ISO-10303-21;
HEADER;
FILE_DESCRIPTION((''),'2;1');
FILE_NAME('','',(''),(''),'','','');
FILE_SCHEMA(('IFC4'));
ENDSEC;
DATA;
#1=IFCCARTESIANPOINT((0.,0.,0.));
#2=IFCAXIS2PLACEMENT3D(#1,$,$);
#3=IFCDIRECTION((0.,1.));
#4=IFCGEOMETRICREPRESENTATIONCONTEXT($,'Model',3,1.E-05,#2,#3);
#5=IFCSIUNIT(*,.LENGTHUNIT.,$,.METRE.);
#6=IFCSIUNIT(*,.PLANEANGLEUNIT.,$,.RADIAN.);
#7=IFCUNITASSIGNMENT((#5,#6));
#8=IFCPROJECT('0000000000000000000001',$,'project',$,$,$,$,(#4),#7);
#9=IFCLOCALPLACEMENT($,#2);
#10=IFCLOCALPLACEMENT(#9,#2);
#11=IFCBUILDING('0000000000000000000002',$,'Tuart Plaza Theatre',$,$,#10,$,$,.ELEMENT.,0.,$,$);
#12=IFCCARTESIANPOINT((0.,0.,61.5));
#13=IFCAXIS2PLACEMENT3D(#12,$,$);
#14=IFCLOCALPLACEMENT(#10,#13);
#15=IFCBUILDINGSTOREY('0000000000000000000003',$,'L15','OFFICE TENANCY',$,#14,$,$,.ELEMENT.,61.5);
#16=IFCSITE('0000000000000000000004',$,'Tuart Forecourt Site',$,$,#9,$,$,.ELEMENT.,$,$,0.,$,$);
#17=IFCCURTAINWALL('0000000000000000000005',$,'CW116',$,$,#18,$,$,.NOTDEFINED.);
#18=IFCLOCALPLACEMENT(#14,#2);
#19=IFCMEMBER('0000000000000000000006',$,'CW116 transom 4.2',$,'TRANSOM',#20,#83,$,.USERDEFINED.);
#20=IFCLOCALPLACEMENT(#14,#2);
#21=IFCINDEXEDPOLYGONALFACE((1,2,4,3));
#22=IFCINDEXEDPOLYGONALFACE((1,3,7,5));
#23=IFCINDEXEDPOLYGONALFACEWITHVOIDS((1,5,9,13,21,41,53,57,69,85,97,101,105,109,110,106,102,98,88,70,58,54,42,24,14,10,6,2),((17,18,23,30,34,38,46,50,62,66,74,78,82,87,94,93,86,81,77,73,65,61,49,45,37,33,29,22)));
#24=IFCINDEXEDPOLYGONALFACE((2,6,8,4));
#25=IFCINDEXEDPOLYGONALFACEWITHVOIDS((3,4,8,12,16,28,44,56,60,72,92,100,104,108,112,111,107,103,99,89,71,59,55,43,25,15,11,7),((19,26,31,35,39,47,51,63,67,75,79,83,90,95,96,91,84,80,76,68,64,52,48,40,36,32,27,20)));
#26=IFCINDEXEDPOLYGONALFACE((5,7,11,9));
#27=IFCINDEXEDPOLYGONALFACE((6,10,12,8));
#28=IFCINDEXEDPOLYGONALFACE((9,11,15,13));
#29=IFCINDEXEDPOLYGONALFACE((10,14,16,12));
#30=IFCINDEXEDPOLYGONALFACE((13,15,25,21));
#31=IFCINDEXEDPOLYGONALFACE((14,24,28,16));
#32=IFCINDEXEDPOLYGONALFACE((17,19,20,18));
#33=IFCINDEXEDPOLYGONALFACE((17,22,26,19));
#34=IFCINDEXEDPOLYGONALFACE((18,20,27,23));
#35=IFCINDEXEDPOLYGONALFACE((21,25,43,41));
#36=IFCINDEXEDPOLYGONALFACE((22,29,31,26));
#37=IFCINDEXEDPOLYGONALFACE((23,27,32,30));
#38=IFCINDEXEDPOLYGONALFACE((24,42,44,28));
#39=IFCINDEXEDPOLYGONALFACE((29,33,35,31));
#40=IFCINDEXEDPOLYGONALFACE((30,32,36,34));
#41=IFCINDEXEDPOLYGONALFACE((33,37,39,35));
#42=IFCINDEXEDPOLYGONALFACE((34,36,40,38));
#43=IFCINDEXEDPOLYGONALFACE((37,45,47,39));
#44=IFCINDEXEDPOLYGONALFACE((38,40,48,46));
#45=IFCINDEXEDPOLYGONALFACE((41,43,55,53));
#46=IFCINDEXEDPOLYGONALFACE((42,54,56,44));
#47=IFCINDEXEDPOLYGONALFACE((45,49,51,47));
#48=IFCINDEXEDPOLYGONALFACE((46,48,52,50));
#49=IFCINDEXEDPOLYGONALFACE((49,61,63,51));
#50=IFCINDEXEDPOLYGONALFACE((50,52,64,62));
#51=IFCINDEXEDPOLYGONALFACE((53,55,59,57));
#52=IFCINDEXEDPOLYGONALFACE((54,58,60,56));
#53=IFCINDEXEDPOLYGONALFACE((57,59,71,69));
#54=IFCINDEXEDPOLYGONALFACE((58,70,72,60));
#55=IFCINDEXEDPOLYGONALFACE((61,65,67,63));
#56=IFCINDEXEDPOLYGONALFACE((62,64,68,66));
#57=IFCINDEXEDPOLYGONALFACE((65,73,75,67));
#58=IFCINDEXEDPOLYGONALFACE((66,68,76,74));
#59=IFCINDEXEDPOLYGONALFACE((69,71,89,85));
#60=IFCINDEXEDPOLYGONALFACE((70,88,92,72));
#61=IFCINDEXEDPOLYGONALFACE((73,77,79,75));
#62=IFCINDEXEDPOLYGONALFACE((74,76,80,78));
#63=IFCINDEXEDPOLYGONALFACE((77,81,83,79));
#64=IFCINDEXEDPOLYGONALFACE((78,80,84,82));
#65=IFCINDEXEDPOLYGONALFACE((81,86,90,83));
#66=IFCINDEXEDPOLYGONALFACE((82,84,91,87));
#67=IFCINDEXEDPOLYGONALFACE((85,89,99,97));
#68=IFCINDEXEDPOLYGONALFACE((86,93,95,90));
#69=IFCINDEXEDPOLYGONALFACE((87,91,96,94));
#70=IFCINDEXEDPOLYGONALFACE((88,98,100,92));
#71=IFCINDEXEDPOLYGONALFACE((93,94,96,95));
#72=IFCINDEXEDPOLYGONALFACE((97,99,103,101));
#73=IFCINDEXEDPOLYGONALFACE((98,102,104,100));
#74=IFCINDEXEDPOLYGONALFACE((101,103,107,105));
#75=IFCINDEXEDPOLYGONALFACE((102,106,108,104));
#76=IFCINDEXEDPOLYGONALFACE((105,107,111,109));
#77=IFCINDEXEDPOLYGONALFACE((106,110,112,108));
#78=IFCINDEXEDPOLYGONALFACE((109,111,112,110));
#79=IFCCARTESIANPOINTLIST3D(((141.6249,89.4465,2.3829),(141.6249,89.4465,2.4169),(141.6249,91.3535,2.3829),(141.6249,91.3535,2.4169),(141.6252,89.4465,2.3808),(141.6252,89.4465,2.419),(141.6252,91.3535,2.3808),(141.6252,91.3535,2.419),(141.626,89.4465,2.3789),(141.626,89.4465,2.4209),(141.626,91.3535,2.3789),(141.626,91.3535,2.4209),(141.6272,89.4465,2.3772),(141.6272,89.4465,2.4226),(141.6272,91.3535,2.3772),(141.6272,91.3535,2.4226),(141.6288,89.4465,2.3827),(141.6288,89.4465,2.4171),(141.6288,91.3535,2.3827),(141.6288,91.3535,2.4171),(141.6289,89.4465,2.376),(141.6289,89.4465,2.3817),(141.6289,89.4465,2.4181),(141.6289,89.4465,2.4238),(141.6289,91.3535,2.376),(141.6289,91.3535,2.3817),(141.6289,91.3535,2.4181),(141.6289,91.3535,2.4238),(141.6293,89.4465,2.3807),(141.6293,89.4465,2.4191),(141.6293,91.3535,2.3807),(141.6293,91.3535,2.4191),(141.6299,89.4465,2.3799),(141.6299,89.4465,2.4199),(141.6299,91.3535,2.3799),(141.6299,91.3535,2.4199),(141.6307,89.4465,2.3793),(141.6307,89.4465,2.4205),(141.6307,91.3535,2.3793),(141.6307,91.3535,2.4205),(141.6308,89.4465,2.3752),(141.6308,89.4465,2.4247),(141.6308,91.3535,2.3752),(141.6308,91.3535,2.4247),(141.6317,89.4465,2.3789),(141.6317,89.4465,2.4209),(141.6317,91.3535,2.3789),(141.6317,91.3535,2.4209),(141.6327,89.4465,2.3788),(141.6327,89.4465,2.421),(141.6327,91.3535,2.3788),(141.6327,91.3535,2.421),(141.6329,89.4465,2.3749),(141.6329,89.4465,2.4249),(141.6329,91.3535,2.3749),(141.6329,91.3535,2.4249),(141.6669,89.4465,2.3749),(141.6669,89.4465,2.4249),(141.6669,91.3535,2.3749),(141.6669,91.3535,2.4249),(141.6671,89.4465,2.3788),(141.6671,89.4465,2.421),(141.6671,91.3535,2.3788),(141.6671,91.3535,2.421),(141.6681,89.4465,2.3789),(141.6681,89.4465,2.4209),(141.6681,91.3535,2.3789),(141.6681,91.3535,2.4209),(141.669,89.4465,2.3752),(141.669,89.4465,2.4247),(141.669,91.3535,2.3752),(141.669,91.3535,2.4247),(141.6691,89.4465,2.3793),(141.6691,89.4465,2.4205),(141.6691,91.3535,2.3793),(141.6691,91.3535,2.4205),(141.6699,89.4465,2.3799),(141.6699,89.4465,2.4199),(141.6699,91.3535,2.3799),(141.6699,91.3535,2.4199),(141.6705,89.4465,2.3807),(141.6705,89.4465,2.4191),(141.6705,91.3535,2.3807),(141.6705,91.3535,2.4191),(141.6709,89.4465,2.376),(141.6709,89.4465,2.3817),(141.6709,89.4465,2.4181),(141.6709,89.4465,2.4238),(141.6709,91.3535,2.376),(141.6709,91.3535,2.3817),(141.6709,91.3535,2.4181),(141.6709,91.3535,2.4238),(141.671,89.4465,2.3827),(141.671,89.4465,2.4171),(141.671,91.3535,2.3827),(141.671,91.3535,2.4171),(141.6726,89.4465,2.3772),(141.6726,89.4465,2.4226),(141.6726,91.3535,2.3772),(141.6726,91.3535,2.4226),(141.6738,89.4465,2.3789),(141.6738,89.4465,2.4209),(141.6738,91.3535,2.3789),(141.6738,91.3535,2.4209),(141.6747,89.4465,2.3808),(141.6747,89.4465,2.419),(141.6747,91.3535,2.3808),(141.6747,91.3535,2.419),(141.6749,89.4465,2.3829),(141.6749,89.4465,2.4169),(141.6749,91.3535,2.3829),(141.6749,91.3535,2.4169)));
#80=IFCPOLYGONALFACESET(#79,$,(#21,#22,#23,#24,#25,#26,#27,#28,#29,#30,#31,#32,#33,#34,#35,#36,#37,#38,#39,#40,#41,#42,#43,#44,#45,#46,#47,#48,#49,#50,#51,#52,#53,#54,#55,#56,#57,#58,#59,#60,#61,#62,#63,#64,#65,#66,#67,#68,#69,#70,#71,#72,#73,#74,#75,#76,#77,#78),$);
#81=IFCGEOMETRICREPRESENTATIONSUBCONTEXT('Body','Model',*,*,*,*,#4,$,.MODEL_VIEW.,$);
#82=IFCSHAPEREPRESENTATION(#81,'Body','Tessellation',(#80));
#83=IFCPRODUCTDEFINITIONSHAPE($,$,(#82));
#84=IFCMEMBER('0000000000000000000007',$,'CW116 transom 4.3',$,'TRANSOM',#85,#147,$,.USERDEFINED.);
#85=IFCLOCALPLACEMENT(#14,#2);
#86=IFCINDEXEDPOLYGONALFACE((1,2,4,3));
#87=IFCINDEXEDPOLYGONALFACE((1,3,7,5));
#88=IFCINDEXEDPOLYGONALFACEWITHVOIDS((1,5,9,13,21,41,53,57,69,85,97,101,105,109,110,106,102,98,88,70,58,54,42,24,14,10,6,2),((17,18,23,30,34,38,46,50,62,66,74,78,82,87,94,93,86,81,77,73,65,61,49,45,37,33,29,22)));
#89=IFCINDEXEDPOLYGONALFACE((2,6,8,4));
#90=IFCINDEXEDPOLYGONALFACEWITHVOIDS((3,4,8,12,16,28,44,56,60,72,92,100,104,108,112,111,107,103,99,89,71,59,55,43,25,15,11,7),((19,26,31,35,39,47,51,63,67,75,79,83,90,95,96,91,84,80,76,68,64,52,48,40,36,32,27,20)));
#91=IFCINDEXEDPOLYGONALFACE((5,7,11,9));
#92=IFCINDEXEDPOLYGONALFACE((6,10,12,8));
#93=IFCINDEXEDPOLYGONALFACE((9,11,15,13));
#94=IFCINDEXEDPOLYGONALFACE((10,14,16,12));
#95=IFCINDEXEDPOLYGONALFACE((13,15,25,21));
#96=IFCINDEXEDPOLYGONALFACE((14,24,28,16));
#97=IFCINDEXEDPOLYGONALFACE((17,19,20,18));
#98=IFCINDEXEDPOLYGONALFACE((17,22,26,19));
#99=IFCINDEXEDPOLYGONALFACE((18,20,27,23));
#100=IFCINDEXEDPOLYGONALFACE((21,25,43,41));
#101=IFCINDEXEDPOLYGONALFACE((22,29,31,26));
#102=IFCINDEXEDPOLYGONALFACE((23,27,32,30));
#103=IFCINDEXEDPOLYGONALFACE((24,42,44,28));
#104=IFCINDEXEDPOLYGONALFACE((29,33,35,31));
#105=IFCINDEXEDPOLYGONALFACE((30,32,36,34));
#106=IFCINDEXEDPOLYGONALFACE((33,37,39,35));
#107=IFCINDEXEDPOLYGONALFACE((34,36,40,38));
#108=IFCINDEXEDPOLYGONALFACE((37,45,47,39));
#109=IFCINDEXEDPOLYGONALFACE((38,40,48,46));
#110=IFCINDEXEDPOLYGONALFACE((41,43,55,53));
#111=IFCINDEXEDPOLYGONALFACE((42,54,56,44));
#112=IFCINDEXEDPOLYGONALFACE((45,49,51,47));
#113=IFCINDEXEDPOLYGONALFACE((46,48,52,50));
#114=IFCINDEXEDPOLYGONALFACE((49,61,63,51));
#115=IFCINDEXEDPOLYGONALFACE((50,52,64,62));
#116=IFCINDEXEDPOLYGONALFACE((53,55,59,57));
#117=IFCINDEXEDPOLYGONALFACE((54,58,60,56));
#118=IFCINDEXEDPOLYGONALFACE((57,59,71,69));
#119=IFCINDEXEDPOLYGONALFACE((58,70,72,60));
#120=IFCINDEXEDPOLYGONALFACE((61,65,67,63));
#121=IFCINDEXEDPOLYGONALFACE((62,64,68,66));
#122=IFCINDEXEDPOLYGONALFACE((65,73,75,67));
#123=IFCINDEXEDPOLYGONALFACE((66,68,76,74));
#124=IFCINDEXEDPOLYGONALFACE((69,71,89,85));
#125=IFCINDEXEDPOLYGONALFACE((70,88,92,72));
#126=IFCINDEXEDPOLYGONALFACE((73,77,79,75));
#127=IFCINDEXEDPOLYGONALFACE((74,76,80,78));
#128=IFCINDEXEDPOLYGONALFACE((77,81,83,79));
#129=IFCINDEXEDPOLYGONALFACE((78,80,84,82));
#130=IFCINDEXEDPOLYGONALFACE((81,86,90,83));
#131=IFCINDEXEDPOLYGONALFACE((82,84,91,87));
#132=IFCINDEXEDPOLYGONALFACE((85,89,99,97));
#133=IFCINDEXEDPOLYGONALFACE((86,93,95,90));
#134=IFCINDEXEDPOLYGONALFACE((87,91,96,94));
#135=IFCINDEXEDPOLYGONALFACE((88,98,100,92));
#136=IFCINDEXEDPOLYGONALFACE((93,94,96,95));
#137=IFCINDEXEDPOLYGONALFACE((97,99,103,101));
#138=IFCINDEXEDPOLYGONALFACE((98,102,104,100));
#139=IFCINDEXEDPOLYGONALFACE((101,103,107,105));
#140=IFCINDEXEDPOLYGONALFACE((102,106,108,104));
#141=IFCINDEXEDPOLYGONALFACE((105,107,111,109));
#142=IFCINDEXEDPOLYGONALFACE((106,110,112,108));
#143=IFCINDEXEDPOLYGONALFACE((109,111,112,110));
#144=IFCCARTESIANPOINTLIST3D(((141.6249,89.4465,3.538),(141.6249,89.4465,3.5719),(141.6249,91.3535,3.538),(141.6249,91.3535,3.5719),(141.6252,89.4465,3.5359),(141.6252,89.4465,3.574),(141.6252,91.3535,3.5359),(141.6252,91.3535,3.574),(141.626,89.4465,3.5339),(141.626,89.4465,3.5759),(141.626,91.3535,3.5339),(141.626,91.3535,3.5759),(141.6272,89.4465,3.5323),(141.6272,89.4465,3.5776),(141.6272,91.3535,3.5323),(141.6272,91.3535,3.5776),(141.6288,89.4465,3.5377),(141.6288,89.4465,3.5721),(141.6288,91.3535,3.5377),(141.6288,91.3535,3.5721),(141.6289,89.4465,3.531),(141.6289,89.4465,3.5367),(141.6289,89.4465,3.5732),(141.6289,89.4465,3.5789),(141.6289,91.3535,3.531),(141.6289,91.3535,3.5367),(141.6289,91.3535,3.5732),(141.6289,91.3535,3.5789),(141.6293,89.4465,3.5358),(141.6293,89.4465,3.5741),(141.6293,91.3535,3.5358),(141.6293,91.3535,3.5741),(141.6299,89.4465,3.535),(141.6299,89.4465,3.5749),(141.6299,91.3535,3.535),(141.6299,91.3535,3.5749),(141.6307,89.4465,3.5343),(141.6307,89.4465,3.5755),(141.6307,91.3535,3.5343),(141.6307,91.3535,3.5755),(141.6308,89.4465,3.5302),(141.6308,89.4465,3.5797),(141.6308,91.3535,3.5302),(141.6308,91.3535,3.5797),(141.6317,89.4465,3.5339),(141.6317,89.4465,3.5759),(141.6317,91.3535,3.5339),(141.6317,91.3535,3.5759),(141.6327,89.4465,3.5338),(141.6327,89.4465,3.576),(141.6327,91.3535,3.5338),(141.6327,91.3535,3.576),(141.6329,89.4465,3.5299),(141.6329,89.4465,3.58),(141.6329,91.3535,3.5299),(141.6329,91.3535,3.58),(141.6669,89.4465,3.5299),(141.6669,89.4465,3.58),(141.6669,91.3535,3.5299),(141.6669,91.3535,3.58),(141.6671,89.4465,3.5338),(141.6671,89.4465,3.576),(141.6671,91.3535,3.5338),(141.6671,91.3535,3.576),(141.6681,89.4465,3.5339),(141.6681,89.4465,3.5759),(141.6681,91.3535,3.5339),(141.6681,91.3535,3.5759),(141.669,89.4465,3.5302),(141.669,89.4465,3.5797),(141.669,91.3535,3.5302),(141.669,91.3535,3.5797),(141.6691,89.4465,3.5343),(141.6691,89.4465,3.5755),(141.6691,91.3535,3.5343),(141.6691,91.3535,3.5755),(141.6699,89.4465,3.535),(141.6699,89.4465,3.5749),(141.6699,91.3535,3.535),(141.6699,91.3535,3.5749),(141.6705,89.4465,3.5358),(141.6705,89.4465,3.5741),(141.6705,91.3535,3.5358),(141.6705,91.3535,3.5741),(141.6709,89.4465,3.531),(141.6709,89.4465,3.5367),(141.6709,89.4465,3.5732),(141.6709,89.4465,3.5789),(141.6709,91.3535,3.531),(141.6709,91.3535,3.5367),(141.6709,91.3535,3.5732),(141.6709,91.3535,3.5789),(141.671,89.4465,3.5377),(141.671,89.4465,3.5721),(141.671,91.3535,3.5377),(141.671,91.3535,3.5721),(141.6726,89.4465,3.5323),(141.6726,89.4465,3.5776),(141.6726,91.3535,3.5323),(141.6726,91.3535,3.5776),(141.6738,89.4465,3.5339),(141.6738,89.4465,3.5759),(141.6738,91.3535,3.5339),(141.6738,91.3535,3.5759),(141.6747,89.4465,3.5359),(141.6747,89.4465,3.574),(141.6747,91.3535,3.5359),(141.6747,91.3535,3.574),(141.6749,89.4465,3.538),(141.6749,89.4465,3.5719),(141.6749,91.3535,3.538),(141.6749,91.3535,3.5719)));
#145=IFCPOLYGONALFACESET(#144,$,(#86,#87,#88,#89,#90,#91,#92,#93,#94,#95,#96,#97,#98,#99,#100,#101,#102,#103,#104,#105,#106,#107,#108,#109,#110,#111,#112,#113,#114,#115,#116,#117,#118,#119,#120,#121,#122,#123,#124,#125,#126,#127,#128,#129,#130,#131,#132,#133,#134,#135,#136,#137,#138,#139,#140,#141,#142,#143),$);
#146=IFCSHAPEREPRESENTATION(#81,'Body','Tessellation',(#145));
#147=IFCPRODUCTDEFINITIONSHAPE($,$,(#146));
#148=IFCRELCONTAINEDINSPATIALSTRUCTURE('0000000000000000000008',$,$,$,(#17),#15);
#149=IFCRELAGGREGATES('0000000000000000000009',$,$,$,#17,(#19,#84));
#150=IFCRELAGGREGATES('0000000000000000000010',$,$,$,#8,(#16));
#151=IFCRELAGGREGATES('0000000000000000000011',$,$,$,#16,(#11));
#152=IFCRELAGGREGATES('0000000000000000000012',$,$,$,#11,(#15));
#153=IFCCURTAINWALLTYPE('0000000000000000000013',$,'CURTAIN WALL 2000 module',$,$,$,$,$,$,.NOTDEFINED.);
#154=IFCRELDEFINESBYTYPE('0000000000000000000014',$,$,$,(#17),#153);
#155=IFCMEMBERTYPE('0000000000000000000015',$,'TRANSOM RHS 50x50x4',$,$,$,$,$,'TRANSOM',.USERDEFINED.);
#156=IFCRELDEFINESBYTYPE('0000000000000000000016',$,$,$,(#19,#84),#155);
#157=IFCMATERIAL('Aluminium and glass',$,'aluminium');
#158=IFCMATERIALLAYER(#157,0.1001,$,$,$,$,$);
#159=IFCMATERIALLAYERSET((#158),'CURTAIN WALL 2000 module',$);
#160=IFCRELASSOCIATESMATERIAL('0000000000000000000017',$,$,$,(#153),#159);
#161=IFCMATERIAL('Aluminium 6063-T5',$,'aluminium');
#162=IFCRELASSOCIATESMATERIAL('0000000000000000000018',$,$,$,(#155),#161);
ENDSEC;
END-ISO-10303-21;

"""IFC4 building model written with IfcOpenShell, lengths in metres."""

from ifc_helpers import new_model, si_unit, direction, frame, origin, origin_2d, place, context, subcontext, project, spatial, hollow_rectangle, extrude, material, layer, layer_set, material_profile, profile_set, type_object, element, aggregate, save


model = new_model("IFC4")

# Units and contexts
model_context = context("Model", 3, precision=1e-05, world=origin(), true_north=direction((0.0, 1.0)))
body_context = subcontext(model_context, "Body", "Model", "MODEL_VIEW")
ifc_project = project(units=[si_unit("LENGTHUNIT", "METRE"), si_unit("PLANEANGLEUNIT", "RADIAN")], contexts=[model_context])

# Site, building, storey
site_placement = place(None, origin())
site = spatial("IfcSite", under=ifc_project, at=site_placement, Name="Tuart Forecourt Site", CompositionType="ELEMENT", RefElevation=0.0)
building_placement = place(site_placement, origin())
building = spatial("IfcBuilding", under=site, at=building_placement, Name="Tuart Plaza Theatre", CompositionType="ELEMENT", ElevationOfRefHeight=0.0)
storey_placement = place(building_placement, frame((0.0, 0.0, 61.5)))
storey = spatial("IfcBuildingStorey", under=building, at=storey_placement, Name="L15", Description="OFFICE TENANCY", CompositionType="ELEMENT", Elevation=61.5)

# Curtain wall, members
ifc_material_1 = material(Name="Aluminium and glass", Category="aluminium")
ifc_layer_1 = layer(ifc_material_1, 0.1001)
ifc_layer_set_1 = layer_set([ifc_layer_1], Name="CURTAIN WALL 2000 module")
curtain_wall_type = type_object("IfcCurtainWallType", Name="CURTAIN WALL 2000 module", PredefinedType="NOTDEFINED", material=ifc_layer_set_1)
curtain_wall_placement = place(storey_placement, origin())
curtain_wall = element("IfcCurtainWall", 1, at=curtain_wall_placement, inside=storey, type_object=curtain_wall_type, Name="CW116", PredefinedType="NOTDEFINED")
ifc_material_2 = material(Name="Aluminium 6063-T5", Category="aluminium")
ifc_material_profile_1 = material_profile(ifc_material_2, hollow_rectangle(XDim=0.05, YDim=0.05, WallThickness=0.0039, InnerFilletRadius=0.0039, OuterFilletRadius=0.0081, at=origin_2d()), Name="RHS 50x50x4")
ifc_profile_set_1 = profile_set([ifc_material_profile_1], Name="Aluminium 6063-T5")
member_type_1 = type_object("IfcMemberType", Name="TRANSOM RHS 50x50x4", ElementType="TRANSOM", PredefinedType="USERDEFINED", material=ifc_profile_set_1)
member_1_placement = place(storey_placement, frame((141.6499, 89.4465, 2.3999), z_axis=(0.0, 1.0, 0.0), x_axis=(-1.0, 0.0, 0.0)))
member_1 = element("IfcMember", 2, at=member_1_placement, type_object=member_type_1, Name="CW116 transom 4.2", ObjectType="TRANSOM", PredefinedType="USERDEFINED", context=body_context, shape_type="SweptSolid", body=[
    extrude(hollow_rectangle(XDim=0.05, YDim=0.05, WallThickness=0.0039, InnerFilletRadius=0.0039, OuterFilletRadius=0.0081, at=origin_2d()), origin(), (0.0, 0.0, 1.0), 1.907),
])
member_2_placement = place(storey_placement, frame((141.6499, 89.4465, 3.5549), z_axis=(0.0, 1.0, 0.0), x_axis=(-1.0, 0.0, 0.0)))
member_2 = element("IfcMember", 3, at=member_2_placement, type_object=member_type_1, Name="CW116 transom 4.3", ObjectType="TRANSOM", PredefinedType="USERDEFINED", context=body_context, shape_type="SweptSolid", body=[
    extrude(hollow_rectangle(XDim=0.05, YDim=0.05, WallThickness=0.0039, InnerFilletRadius=0.0039, OuterFilletRadius=0.0081, at=origin_2d()), origin(), (0.0, 0.0, 1.0), 1.907),
])
aggregate(curtain_wall, [member_1, member_2])

save(model, "model.ifc")
